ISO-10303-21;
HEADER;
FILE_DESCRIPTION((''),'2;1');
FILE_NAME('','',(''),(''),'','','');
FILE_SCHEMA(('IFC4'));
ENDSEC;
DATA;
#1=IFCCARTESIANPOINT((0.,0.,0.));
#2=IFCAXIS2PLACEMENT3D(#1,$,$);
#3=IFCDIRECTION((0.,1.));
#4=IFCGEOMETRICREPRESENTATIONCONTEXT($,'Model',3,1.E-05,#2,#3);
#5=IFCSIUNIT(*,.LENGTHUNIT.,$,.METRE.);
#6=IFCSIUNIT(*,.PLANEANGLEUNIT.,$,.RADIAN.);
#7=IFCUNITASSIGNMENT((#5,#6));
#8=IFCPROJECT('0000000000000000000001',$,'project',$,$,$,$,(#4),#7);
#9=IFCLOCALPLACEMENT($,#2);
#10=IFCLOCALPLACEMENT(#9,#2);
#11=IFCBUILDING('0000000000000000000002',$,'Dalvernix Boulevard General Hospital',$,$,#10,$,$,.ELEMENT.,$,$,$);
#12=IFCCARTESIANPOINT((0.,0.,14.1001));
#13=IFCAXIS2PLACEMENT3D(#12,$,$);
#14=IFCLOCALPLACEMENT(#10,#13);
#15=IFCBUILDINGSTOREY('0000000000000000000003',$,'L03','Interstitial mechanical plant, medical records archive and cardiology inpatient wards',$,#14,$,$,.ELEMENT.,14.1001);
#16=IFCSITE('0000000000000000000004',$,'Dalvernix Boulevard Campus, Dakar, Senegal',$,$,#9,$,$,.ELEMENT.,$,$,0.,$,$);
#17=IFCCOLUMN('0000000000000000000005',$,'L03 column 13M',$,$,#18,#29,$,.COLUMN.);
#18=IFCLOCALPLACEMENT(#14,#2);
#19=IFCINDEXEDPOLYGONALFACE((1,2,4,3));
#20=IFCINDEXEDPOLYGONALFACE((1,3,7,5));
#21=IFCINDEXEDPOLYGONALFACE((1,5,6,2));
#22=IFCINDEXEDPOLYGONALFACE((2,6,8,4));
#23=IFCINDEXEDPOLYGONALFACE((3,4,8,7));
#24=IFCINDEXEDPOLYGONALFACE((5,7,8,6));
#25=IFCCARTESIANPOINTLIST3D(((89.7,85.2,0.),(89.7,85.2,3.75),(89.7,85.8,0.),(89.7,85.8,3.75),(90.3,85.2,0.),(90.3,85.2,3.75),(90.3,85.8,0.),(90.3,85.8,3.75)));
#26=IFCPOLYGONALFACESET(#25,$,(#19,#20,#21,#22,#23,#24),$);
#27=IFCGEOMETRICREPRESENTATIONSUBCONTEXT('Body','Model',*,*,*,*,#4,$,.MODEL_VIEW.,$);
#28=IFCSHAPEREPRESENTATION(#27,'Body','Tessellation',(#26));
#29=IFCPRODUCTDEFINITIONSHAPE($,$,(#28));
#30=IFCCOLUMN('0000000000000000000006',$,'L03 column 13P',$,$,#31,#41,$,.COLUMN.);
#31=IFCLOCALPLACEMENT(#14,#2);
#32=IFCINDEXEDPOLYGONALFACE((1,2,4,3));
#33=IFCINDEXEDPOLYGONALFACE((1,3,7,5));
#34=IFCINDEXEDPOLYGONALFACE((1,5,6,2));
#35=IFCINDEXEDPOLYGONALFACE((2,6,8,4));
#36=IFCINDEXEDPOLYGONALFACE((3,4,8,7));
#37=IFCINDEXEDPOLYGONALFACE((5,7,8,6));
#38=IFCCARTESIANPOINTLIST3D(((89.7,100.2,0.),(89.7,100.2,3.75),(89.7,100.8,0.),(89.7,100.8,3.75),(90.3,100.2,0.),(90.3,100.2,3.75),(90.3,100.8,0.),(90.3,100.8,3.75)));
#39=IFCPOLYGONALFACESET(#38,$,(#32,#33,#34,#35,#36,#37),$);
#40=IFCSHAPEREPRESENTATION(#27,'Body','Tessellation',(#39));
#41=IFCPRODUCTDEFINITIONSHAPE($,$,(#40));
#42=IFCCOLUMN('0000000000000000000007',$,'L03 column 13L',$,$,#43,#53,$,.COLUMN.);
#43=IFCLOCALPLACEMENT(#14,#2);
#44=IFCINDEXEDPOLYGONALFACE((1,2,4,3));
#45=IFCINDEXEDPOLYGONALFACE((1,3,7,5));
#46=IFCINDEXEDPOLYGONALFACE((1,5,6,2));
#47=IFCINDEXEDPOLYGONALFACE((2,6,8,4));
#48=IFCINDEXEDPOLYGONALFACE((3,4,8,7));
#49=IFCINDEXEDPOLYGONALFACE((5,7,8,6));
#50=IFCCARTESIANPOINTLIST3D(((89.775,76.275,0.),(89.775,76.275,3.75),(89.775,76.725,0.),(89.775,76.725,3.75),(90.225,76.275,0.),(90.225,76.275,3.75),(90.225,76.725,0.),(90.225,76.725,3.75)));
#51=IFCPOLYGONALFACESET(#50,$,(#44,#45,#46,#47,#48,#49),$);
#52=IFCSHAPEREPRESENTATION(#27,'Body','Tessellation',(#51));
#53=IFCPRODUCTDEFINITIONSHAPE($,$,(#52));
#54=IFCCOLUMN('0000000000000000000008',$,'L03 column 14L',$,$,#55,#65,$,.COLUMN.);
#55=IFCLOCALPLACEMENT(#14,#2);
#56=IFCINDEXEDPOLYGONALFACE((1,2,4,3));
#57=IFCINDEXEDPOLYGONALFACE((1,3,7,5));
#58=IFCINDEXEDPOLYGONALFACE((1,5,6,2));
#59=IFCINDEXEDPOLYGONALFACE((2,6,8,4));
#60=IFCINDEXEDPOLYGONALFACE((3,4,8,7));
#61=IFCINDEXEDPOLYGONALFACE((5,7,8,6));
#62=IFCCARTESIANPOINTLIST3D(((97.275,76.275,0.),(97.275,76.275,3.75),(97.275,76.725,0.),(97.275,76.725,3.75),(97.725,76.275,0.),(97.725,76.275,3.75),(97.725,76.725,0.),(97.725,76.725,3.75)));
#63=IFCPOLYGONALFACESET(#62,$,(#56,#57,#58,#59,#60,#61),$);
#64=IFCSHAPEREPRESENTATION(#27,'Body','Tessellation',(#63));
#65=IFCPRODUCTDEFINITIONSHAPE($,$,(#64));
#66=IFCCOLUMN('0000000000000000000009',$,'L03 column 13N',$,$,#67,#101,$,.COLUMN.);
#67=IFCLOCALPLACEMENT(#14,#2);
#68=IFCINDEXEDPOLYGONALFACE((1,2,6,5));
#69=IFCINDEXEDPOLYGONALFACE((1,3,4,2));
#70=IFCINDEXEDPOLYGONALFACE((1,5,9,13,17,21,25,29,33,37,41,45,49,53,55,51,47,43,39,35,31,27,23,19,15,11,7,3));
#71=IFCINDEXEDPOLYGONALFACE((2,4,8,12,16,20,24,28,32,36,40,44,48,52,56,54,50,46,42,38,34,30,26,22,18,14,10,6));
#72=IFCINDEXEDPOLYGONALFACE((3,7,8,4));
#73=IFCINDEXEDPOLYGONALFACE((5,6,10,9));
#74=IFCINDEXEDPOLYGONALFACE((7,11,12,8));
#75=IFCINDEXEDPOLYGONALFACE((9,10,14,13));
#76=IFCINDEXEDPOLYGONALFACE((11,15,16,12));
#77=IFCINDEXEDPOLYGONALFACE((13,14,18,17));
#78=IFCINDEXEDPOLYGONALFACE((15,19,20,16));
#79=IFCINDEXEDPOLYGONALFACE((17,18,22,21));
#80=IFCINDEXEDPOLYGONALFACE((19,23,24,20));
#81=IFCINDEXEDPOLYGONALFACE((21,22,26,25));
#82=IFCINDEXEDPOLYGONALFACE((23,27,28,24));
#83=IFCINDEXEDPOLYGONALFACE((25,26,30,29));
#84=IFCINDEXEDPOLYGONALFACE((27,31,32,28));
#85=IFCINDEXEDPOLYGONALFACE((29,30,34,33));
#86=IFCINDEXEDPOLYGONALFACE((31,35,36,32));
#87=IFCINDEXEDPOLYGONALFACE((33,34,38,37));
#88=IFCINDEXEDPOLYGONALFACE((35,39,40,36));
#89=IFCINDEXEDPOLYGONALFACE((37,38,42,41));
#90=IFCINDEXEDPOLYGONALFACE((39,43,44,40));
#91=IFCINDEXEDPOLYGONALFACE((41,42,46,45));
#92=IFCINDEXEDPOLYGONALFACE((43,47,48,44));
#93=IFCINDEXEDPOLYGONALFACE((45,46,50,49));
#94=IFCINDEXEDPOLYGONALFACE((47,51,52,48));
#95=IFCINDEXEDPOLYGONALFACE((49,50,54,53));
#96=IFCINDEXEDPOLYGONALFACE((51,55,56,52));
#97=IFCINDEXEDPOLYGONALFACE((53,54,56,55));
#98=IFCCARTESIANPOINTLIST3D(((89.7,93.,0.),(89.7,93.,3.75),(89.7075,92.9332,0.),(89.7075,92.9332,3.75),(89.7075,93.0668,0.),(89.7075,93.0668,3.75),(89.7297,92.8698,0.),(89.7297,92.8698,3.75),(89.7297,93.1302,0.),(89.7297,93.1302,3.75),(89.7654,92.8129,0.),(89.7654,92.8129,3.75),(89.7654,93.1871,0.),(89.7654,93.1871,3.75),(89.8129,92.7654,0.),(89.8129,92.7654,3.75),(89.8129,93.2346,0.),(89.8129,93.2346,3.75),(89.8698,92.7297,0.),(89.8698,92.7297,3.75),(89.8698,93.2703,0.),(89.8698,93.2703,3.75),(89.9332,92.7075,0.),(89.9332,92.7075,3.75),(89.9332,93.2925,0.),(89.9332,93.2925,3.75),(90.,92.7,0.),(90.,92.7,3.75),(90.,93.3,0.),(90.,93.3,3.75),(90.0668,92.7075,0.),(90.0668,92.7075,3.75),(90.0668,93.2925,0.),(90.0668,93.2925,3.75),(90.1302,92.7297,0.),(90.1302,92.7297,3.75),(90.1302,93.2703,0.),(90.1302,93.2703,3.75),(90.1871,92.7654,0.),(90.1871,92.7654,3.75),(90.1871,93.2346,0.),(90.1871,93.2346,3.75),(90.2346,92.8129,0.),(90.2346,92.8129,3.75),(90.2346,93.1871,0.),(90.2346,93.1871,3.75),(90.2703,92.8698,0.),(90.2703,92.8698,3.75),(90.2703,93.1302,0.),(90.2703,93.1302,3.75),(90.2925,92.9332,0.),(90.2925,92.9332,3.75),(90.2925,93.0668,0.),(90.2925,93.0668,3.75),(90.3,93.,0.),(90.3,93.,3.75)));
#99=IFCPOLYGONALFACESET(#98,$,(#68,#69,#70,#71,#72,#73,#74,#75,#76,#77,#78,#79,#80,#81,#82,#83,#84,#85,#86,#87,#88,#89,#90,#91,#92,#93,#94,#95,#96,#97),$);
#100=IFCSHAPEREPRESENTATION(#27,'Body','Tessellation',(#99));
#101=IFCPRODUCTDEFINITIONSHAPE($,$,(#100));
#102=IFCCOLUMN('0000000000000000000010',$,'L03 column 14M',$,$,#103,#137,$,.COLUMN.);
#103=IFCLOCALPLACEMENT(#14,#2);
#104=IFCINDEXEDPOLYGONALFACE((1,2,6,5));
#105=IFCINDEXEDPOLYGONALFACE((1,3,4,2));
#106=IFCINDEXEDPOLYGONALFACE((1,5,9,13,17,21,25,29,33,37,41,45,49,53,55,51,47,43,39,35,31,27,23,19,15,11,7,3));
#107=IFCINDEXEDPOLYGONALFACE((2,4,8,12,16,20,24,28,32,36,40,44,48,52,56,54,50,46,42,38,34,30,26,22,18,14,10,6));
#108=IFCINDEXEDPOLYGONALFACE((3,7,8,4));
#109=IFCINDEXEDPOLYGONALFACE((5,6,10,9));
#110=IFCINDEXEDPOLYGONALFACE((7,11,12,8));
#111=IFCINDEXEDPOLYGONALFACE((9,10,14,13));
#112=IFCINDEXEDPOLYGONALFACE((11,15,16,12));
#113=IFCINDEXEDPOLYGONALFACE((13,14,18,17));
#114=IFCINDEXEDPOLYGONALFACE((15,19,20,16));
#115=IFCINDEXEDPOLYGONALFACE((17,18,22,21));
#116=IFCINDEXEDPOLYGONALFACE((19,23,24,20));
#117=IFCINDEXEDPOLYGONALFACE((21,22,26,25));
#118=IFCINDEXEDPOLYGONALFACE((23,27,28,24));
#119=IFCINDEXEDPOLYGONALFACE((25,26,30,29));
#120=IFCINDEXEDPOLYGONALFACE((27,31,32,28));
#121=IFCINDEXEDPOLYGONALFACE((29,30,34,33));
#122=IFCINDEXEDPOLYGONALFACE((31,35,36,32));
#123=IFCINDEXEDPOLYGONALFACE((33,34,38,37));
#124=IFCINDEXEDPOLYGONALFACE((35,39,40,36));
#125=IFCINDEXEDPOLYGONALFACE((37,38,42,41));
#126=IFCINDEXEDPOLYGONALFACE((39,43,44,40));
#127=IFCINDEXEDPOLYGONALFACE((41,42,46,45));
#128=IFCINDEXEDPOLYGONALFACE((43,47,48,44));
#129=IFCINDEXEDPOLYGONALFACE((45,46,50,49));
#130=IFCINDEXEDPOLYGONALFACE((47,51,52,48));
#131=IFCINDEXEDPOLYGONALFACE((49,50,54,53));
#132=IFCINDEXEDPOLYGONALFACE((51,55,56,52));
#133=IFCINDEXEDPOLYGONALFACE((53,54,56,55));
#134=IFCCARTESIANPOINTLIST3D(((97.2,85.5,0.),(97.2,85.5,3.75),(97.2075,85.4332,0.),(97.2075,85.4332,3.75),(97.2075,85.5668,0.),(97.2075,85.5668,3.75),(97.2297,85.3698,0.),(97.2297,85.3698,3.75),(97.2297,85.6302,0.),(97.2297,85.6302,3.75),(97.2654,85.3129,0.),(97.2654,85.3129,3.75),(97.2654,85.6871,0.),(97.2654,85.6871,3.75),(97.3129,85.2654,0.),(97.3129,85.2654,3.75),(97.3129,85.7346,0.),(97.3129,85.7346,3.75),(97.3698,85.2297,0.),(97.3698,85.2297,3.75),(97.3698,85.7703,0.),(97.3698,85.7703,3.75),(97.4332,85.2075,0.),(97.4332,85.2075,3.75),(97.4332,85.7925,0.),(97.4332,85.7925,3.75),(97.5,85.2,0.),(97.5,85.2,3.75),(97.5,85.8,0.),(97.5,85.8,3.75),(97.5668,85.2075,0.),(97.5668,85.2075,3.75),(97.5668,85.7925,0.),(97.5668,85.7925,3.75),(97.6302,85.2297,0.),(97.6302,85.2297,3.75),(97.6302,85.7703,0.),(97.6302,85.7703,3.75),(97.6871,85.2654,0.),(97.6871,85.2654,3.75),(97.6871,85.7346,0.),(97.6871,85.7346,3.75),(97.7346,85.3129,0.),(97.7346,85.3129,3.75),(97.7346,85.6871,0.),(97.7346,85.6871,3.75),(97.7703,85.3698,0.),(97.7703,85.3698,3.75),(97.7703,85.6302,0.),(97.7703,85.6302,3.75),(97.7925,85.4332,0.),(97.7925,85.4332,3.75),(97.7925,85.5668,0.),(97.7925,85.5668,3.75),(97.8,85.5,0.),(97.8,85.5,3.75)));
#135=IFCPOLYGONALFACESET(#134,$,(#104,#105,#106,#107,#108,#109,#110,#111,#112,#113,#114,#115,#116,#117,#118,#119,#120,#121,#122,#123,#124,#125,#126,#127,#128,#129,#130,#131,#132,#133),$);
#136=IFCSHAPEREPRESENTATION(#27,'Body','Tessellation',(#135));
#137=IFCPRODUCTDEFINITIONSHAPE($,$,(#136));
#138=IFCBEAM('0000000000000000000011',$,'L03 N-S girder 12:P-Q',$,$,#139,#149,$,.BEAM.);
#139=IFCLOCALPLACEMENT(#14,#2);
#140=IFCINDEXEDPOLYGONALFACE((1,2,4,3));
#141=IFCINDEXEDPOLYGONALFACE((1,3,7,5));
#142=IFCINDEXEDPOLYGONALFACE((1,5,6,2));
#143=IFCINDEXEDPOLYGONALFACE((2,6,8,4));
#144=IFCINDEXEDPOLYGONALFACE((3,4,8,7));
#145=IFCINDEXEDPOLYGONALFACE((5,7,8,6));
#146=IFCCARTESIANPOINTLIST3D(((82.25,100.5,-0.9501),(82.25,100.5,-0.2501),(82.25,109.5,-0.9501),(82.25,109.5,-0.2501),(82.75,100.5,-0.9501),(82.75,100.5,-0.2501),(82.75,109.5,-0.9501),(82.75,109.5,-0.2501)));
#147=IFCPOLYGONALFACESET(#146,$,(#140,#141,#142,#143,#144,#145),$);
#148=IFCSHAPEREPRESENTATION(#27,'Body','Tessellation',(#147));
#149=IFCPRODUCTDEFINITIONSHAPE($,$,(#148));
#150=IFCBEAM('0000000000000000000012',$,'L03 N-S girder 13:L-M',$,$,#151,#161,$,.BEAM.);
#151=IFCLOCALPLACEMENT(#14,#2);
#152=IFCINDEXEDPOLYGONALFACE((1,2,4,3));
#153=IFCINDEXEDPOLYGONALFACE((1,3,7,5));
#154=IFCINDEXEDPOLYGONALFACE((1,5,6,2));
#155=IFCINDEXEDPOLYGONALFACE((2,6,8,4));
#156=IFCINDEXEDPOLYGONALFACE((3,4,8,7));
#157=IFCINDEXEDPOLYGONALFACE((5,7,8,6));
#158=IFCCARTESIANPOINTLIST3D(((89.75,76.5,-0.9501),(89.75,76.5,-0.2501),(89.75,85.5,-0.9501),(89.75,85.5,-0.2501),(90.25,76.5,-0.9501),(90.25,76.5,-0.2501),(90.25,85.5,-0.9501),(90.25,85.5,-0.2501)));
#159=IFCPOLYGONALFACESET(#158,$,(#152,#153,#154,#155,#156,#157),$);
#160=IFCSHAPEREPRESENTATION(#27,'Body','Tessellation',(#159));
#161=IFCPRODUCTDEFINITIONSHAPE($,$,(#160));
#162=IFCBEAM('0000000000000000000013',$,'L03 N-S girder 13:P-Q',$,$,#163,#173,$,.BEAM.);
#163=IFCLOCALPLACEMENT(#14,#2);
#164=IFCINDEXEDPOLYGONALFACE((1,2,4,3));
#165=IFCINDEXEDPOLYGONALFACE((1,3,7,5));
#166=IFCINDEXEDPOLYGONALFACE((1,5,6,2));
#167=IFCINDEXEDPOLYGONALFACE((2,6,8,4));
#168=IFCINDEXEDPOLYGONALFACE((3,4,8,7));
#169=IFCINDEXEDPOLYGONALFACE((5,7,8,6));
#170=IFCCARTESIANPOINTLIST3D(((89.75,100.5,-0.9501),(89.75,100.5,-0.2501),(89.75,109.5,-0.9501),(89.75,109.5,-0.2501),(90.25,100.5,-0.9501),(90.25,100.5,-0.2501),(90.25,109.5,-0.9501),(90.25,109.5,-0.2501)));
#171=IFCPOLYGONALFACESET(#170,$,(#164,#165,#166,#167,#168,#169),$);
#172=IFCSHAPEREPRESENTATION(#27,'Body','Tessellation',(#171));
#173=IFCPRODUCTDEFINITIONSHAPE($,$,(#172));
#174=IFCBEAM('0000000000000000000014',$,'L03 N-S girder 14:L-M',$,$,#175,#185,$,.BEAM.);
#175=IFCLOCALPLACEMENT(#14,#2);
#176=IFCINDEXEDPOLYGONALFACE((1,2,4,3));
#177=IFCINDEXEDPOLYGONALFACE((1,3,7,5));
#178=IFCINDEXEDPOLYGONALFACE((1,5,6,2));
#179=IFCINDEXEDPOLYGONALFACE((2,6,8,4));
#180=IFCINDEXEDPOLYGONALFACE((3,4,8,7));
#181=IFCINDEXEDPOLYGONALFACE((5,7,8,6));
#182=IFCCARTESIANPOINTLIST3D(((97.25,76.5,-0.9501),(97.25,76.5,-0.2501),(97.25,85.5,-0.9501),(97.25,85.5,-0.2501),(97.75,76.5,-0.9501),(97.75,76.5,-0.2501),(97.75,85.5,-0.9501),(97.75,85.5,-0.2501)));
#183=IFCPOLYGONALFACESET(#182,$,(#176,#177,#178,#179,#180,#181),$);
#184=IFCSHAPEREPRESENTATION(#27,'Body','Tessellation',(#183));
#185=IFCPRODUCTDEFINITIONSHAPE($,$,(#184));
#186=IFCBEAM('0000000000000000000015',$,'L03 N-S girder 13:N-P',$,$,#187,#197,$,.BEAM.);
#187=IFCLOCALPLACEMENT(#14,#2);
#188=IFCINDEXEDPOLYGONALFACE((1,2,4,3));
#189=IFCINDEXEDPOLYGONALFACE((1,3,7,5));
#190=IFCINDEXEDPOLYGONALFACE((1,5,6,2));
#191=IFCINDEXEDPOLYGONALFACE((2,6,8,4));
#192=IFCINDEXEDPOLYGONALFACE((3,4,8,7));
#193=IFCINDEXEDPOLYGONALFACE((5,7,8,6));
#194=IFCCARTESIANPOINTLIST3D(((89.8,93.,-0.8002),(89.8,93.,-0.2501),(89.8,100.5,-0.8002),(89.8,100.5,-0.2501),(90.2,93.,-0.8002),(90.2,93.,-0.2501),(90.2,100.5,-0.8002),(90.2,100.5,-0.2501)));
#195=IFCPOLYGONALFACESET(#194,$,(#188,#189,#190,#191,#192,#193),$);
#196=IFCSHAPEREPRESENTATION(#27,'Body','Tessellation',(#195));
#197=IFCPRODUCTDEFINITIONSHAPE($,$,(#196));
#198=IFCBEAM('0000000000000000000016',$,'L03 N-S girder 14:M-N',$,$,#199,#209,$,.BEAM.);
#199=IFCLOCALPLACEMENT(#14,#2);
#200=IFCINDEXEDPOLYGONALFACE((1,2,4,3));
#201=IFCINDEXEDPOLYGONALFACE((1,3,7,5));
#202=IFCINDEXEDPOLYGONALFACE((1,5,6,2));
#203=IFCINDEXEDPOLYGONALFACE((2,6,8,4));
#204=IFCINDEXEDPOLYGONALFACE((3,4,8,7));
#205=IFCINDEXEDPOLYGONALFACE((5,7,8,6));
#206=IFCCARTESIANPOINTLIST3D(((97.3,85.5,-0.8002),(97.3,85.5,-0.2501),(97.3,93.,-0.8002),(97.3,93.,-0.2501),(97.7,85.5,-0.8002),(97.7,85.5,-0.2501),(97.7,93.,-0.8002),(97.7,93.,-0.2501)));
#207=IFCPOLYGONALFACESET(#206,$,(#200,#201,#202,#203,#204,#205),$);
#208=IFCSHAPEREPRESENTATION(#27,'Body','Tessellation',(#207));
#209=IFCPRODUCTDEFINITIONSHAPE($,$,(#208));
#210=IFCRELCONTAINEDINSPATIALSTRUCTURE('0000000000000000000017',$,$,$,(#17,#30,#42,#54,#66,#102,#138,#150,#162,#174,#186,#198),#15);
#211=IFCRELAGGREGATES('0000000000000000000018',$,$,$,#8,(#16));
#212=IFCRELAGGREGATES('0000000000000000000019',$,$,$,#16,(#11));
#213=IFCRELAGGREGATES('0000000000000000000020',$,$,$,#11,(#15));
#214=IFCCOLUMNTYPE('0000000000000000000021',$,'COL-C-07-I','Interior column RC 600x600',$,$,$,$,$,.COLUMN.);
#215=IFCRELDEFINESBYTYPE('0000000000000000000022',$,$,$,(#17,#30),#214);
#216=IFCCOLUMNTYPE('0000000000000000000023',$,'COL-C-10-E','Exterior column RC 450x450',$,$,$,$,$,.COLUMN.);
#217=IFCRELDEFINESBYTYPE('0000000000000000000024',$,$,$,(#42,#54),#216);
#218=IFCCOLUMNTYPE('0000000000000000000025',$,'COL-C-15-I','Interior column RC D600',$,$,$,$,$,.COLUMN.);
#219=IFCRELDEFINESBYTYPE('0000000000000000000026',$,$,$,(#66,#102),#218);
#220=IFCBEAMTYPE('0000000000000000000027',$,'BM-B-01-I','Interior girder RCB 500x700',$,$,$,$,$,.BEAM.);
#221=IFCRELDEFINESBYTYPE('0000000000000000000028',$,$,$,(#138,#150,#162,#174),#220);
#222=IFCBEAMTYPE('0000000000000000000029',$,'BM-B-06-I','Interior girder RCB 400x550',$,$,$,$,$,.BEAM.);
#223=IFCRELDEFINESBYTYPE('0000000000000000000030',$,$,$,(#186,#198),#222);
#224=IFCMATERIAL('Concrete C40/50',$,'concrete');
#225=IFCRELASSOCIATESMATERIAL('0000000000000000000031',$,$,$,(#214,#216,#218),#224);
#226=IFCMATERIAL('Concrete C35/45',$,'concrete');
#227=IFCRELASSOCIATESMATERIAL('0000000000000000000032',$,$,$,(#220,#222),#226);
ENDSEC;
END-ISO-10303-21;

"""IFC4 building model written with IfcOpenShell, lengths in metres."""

from ifc_helpers import new_model, si_unit, direction, frame, origin, origin_2d, place, context, subcontext, project, spatial, rectangle, circle, extrude, material, material_profile, profile_set, type_object, element, save


model = new_model("IFC4")

# Units and contexts
model_context = context("Model", 3, precision=1e-05, world=origin(), true_north=direction((0.0, 1.0)))
body_context = subcontext(model_context, "Body", "Model", "MODEL_VIEW")
ifc_project = project(units=[si_unit("LENGTHUNIT", "METRE"), si_unit("PLANEANGLEUNIT", "RADIAN")], contexts=[model_context])

# Site, building, storey
site_placement = place(None, origin())
site = spatial("IfcSite", under=ifc_project, at=site_placement, Name="Dalvernix Boulevard Campus, Dakar, Senegal", CompositionType="ELEMENT", RefElevation=0.0)
building_placement = place(site_placement, origin())
building = spatial("IfcBuilding", under=site, at=building_placement, Name="Dalvernix Boulevard General Hospital", CompositionType="ELEMENT")
storey_placement = place(building_placement, frame((0.0, 0.0, 14.1001)))
storey = spatial("IfcBuildingStorey", under=building, at=storey_placement, Name="L03", Description="Interstitial mechanical plant, medical records archive and cardiology inpatient wards", CompositionType="ELEMENT", Elevation=14.1001)

# Columns
ifc_material_1 = material(Name="Concrete C40/50", Category="concrete")
ifc_material_profile_1 = material_profile(ifc_material_1, rectangle(XDim=0.6001, YDim=0.6001, at=origin_2d()), Name="RC 600x600")
ifc_profile_set_1 = profile_set([ifc_material_profile_1], Name="Concrete C40/50")
column_type_1 = type_object("IfcColumnType", Name="COL-C-07-I", Description="Interior column RC 600x600", PredefinedType="COLUMN", material=ifc_profile_set_1)
for number, where, z_axis, x_axis, name in (
    (1, (90.0, 85.5, 0.0), (0.0, 0.0, 1.0), (1.0, 0.0, 0.0), "L03 column 13M"),
    (2, (90.0, 100.5, 0.0), (0.0, 0.0, 1.0), (1.0, 0.0, 0.0), "L03 column 13P"),
):
    element("IfcColumn", number, at=place(storey_placement, frame(where, z_axis=z_axis, x_axis=x_axis)), inside=storey, type_object=column_type_1, Name=name, PredefinedType="COLUMN", context=body_context, shape_type="SweptSolid", body=[
        extrude(rectangle(XDim=0.6001, YDim=0.6001, at=origin_2d()), origin(), (0.0, 0.0, 1.0), 3.75),
    ])
ifc_material_profile_2 = material_profile(ifc_material_1, rectangle(XDim=0.45, YDim=0.45, at=origin_2d()), Name="RC 450x450")
ifc_profile_set_2 = profile_set([ifc_material_profile_2], Name="Concrete C40/50")
column_type_2 = type_object("IfcColumnType", Name="COL-C-10-E", Description="Exterior column RC 450x450", PredefinedType="COLUMN", material=ifc_profile_set_2)
for number, where, z_axis, x_axis, name in (
    (3, (90.0, 76.5, 0.0), (0.0, 0.0, 1.0), (1.0, 0.0, 0.0), "L03 column 13L"),
    (4, (97.5, 76.5, 0.0), (0.0, 0.0, 1.0), (1.0, 0.0, 0.0), "L03 column 14L"),
):
    element("IfcColumn", number, at=place(storey_placement, frame(where, z_axis=z_axis, x_axis=x_axis)), inside=storey, type_object=column_type_2, Name=name, PredefinedType="COLUMN", context=body_context, shape_type="SweptSolid", body=[
        extrude(rectangle(XDim=0.45, YDim=0.45, at=origin_2d()), origin(), (0.0, 0.0, 1.0), 3.75),
    ])
ifc_material_profile_3 = material_profile(ifc_material_1, circle(Radius=0.3, at=origin_2d()), Name="RC D600")
ifc_profile_set_3 = profile_set([ifc_material_profile_3], Name="Concrete C40/50")
column_type_3 = type_object("IfcColumnType", Name="COL-C-15-I", Description="Interior column RC D600", PredefinedType="COLUMN", material=ifc_profile_set_3)
for number, where, z_axis, x_axis, name in (
    (5, (90.0, 93.0, 0.0), (0.0, 0.0, 1.0), (1.0, 0.0, 0.0), "L03 column 13N"),
    (6, (97.5, 85.5, 0.0), (0.0, 0.0, 1.0), (1.0, 0.0, 0.0), "L03 column 14M"),
):
    element("IfcColumn", number, at=place(storey_placement, frame(where, z_axis=z_axis, x_axis=x_axis)), inside=storey, type_object=column_type_3, Name=name, PredefinedType="COLUMN", context=body_context, shape_type="SweptSolid", body=[
        extrude(circle(Radius=0.3, at=origin_2d()), origin(), (0.0, 0.0, 1.0), 3.75),
    ])

# Beams
ifc_material_2 = material(Name="Concrete C35/45", Category="concrete")
ifc_material_profile_4 = material_profile(ifc_material_2, rectangle(XDim=0.5, YDim=0.7, at=origin_2d()), Name="RCB 500x700")
ifc_profile_set_4 = profile_set([ifc_material_profile_4], Name="Concrete C35/45")
beam_type_1 = type_object("IfcBeamType", Name="BM-B-01-I", Description="Interior girder RCB 500x700", PredefinedType="BEAM", material=ifc_profile_set_4)
for number, where, z_axis, x_axis, name in (
    (7, (82.5, 100.5, -0.6001), (0.0, 1.0, 0.0), (-1.0, 0.0, 0.0), "L03 N-S girder 12:P-Q"),
    (8, (90.0, 76.5, -0.6001), (0.0, 1.0, 0.0), (-1.0, 0.0, 0.0), "L03 N-S girder 13:L-M"),
    (9, (90.0, 100.5, -0.6001), (0.0, 1.0, 0.0), (-1.0, 0.0, 0.0), "L03 N-S girder 13:P-Q"),
    (10, (97.5, 76.5, -0.6001), (0.0, 1.0, 0.0), (-1.0, 0.0, 0.0), "L03 N-S girder 14:L-M"),
):
    element("IfcBeam", number, at=place(storey_placement, frame(where, z_axis=z_axis, x_axis=x_axis)), inside=storey, type_object=beam_type_1, Name=name, PredefinedType="BEAM", context=body_context, shape_type="SweptSolid", body=[
        extrude(rectangle(XDim=0.5, YDim=0.7, at=origin_2d()), origin(), (0.0, 0.0, 1.0), 9.0),
    ])
ifc_material_profile_5 = material_profile(ifc_material_2, rectangle(XDim=0.3999, YDim=0.55, at=origin_2d()), Name="RCB 400x550")
ifc_profile_set_5 = profile_set([ifc_material_profile_5], Name="Concrete C35/45")
beam_type_2 = type_object("IfcBeamType", Name="BM-B-06-I", Description="Interior girder RCB 400x550", PredefinedType="BEAM", material=ifc_profile_set_5)
for number, where, z_axis, x_axis, name in (
    (11, (90.0, 93.0, -0.5251), (0.0, 1.0, 0.0), (-1.0, 0.0, 0.0), "L03 N-S girder 13:N-P"),
    (12, (97.5, 85.5, -0.5251), (0.0, 1.0, 0.0), (-1.0, 0.0, 0.0), "L03 N-S girder 14:M-N"),
):
    element("IfcBeam", number, at=place(storey_placement, frame(where, z_axis=z_axis, x_axis=x_axis)), inside=storey, type_object=beam_type_2, Name=name, PredefinedType="BEAM", context=body_context, shape_type="SweptSolid", body=[
        extrude(rectangle(XDim=0.3999, YDim=0.55, at=origin_2d()), origin(), (0.0, 0.0, 1.0), 7.5),
    ])

save(model, "model.ifc")
